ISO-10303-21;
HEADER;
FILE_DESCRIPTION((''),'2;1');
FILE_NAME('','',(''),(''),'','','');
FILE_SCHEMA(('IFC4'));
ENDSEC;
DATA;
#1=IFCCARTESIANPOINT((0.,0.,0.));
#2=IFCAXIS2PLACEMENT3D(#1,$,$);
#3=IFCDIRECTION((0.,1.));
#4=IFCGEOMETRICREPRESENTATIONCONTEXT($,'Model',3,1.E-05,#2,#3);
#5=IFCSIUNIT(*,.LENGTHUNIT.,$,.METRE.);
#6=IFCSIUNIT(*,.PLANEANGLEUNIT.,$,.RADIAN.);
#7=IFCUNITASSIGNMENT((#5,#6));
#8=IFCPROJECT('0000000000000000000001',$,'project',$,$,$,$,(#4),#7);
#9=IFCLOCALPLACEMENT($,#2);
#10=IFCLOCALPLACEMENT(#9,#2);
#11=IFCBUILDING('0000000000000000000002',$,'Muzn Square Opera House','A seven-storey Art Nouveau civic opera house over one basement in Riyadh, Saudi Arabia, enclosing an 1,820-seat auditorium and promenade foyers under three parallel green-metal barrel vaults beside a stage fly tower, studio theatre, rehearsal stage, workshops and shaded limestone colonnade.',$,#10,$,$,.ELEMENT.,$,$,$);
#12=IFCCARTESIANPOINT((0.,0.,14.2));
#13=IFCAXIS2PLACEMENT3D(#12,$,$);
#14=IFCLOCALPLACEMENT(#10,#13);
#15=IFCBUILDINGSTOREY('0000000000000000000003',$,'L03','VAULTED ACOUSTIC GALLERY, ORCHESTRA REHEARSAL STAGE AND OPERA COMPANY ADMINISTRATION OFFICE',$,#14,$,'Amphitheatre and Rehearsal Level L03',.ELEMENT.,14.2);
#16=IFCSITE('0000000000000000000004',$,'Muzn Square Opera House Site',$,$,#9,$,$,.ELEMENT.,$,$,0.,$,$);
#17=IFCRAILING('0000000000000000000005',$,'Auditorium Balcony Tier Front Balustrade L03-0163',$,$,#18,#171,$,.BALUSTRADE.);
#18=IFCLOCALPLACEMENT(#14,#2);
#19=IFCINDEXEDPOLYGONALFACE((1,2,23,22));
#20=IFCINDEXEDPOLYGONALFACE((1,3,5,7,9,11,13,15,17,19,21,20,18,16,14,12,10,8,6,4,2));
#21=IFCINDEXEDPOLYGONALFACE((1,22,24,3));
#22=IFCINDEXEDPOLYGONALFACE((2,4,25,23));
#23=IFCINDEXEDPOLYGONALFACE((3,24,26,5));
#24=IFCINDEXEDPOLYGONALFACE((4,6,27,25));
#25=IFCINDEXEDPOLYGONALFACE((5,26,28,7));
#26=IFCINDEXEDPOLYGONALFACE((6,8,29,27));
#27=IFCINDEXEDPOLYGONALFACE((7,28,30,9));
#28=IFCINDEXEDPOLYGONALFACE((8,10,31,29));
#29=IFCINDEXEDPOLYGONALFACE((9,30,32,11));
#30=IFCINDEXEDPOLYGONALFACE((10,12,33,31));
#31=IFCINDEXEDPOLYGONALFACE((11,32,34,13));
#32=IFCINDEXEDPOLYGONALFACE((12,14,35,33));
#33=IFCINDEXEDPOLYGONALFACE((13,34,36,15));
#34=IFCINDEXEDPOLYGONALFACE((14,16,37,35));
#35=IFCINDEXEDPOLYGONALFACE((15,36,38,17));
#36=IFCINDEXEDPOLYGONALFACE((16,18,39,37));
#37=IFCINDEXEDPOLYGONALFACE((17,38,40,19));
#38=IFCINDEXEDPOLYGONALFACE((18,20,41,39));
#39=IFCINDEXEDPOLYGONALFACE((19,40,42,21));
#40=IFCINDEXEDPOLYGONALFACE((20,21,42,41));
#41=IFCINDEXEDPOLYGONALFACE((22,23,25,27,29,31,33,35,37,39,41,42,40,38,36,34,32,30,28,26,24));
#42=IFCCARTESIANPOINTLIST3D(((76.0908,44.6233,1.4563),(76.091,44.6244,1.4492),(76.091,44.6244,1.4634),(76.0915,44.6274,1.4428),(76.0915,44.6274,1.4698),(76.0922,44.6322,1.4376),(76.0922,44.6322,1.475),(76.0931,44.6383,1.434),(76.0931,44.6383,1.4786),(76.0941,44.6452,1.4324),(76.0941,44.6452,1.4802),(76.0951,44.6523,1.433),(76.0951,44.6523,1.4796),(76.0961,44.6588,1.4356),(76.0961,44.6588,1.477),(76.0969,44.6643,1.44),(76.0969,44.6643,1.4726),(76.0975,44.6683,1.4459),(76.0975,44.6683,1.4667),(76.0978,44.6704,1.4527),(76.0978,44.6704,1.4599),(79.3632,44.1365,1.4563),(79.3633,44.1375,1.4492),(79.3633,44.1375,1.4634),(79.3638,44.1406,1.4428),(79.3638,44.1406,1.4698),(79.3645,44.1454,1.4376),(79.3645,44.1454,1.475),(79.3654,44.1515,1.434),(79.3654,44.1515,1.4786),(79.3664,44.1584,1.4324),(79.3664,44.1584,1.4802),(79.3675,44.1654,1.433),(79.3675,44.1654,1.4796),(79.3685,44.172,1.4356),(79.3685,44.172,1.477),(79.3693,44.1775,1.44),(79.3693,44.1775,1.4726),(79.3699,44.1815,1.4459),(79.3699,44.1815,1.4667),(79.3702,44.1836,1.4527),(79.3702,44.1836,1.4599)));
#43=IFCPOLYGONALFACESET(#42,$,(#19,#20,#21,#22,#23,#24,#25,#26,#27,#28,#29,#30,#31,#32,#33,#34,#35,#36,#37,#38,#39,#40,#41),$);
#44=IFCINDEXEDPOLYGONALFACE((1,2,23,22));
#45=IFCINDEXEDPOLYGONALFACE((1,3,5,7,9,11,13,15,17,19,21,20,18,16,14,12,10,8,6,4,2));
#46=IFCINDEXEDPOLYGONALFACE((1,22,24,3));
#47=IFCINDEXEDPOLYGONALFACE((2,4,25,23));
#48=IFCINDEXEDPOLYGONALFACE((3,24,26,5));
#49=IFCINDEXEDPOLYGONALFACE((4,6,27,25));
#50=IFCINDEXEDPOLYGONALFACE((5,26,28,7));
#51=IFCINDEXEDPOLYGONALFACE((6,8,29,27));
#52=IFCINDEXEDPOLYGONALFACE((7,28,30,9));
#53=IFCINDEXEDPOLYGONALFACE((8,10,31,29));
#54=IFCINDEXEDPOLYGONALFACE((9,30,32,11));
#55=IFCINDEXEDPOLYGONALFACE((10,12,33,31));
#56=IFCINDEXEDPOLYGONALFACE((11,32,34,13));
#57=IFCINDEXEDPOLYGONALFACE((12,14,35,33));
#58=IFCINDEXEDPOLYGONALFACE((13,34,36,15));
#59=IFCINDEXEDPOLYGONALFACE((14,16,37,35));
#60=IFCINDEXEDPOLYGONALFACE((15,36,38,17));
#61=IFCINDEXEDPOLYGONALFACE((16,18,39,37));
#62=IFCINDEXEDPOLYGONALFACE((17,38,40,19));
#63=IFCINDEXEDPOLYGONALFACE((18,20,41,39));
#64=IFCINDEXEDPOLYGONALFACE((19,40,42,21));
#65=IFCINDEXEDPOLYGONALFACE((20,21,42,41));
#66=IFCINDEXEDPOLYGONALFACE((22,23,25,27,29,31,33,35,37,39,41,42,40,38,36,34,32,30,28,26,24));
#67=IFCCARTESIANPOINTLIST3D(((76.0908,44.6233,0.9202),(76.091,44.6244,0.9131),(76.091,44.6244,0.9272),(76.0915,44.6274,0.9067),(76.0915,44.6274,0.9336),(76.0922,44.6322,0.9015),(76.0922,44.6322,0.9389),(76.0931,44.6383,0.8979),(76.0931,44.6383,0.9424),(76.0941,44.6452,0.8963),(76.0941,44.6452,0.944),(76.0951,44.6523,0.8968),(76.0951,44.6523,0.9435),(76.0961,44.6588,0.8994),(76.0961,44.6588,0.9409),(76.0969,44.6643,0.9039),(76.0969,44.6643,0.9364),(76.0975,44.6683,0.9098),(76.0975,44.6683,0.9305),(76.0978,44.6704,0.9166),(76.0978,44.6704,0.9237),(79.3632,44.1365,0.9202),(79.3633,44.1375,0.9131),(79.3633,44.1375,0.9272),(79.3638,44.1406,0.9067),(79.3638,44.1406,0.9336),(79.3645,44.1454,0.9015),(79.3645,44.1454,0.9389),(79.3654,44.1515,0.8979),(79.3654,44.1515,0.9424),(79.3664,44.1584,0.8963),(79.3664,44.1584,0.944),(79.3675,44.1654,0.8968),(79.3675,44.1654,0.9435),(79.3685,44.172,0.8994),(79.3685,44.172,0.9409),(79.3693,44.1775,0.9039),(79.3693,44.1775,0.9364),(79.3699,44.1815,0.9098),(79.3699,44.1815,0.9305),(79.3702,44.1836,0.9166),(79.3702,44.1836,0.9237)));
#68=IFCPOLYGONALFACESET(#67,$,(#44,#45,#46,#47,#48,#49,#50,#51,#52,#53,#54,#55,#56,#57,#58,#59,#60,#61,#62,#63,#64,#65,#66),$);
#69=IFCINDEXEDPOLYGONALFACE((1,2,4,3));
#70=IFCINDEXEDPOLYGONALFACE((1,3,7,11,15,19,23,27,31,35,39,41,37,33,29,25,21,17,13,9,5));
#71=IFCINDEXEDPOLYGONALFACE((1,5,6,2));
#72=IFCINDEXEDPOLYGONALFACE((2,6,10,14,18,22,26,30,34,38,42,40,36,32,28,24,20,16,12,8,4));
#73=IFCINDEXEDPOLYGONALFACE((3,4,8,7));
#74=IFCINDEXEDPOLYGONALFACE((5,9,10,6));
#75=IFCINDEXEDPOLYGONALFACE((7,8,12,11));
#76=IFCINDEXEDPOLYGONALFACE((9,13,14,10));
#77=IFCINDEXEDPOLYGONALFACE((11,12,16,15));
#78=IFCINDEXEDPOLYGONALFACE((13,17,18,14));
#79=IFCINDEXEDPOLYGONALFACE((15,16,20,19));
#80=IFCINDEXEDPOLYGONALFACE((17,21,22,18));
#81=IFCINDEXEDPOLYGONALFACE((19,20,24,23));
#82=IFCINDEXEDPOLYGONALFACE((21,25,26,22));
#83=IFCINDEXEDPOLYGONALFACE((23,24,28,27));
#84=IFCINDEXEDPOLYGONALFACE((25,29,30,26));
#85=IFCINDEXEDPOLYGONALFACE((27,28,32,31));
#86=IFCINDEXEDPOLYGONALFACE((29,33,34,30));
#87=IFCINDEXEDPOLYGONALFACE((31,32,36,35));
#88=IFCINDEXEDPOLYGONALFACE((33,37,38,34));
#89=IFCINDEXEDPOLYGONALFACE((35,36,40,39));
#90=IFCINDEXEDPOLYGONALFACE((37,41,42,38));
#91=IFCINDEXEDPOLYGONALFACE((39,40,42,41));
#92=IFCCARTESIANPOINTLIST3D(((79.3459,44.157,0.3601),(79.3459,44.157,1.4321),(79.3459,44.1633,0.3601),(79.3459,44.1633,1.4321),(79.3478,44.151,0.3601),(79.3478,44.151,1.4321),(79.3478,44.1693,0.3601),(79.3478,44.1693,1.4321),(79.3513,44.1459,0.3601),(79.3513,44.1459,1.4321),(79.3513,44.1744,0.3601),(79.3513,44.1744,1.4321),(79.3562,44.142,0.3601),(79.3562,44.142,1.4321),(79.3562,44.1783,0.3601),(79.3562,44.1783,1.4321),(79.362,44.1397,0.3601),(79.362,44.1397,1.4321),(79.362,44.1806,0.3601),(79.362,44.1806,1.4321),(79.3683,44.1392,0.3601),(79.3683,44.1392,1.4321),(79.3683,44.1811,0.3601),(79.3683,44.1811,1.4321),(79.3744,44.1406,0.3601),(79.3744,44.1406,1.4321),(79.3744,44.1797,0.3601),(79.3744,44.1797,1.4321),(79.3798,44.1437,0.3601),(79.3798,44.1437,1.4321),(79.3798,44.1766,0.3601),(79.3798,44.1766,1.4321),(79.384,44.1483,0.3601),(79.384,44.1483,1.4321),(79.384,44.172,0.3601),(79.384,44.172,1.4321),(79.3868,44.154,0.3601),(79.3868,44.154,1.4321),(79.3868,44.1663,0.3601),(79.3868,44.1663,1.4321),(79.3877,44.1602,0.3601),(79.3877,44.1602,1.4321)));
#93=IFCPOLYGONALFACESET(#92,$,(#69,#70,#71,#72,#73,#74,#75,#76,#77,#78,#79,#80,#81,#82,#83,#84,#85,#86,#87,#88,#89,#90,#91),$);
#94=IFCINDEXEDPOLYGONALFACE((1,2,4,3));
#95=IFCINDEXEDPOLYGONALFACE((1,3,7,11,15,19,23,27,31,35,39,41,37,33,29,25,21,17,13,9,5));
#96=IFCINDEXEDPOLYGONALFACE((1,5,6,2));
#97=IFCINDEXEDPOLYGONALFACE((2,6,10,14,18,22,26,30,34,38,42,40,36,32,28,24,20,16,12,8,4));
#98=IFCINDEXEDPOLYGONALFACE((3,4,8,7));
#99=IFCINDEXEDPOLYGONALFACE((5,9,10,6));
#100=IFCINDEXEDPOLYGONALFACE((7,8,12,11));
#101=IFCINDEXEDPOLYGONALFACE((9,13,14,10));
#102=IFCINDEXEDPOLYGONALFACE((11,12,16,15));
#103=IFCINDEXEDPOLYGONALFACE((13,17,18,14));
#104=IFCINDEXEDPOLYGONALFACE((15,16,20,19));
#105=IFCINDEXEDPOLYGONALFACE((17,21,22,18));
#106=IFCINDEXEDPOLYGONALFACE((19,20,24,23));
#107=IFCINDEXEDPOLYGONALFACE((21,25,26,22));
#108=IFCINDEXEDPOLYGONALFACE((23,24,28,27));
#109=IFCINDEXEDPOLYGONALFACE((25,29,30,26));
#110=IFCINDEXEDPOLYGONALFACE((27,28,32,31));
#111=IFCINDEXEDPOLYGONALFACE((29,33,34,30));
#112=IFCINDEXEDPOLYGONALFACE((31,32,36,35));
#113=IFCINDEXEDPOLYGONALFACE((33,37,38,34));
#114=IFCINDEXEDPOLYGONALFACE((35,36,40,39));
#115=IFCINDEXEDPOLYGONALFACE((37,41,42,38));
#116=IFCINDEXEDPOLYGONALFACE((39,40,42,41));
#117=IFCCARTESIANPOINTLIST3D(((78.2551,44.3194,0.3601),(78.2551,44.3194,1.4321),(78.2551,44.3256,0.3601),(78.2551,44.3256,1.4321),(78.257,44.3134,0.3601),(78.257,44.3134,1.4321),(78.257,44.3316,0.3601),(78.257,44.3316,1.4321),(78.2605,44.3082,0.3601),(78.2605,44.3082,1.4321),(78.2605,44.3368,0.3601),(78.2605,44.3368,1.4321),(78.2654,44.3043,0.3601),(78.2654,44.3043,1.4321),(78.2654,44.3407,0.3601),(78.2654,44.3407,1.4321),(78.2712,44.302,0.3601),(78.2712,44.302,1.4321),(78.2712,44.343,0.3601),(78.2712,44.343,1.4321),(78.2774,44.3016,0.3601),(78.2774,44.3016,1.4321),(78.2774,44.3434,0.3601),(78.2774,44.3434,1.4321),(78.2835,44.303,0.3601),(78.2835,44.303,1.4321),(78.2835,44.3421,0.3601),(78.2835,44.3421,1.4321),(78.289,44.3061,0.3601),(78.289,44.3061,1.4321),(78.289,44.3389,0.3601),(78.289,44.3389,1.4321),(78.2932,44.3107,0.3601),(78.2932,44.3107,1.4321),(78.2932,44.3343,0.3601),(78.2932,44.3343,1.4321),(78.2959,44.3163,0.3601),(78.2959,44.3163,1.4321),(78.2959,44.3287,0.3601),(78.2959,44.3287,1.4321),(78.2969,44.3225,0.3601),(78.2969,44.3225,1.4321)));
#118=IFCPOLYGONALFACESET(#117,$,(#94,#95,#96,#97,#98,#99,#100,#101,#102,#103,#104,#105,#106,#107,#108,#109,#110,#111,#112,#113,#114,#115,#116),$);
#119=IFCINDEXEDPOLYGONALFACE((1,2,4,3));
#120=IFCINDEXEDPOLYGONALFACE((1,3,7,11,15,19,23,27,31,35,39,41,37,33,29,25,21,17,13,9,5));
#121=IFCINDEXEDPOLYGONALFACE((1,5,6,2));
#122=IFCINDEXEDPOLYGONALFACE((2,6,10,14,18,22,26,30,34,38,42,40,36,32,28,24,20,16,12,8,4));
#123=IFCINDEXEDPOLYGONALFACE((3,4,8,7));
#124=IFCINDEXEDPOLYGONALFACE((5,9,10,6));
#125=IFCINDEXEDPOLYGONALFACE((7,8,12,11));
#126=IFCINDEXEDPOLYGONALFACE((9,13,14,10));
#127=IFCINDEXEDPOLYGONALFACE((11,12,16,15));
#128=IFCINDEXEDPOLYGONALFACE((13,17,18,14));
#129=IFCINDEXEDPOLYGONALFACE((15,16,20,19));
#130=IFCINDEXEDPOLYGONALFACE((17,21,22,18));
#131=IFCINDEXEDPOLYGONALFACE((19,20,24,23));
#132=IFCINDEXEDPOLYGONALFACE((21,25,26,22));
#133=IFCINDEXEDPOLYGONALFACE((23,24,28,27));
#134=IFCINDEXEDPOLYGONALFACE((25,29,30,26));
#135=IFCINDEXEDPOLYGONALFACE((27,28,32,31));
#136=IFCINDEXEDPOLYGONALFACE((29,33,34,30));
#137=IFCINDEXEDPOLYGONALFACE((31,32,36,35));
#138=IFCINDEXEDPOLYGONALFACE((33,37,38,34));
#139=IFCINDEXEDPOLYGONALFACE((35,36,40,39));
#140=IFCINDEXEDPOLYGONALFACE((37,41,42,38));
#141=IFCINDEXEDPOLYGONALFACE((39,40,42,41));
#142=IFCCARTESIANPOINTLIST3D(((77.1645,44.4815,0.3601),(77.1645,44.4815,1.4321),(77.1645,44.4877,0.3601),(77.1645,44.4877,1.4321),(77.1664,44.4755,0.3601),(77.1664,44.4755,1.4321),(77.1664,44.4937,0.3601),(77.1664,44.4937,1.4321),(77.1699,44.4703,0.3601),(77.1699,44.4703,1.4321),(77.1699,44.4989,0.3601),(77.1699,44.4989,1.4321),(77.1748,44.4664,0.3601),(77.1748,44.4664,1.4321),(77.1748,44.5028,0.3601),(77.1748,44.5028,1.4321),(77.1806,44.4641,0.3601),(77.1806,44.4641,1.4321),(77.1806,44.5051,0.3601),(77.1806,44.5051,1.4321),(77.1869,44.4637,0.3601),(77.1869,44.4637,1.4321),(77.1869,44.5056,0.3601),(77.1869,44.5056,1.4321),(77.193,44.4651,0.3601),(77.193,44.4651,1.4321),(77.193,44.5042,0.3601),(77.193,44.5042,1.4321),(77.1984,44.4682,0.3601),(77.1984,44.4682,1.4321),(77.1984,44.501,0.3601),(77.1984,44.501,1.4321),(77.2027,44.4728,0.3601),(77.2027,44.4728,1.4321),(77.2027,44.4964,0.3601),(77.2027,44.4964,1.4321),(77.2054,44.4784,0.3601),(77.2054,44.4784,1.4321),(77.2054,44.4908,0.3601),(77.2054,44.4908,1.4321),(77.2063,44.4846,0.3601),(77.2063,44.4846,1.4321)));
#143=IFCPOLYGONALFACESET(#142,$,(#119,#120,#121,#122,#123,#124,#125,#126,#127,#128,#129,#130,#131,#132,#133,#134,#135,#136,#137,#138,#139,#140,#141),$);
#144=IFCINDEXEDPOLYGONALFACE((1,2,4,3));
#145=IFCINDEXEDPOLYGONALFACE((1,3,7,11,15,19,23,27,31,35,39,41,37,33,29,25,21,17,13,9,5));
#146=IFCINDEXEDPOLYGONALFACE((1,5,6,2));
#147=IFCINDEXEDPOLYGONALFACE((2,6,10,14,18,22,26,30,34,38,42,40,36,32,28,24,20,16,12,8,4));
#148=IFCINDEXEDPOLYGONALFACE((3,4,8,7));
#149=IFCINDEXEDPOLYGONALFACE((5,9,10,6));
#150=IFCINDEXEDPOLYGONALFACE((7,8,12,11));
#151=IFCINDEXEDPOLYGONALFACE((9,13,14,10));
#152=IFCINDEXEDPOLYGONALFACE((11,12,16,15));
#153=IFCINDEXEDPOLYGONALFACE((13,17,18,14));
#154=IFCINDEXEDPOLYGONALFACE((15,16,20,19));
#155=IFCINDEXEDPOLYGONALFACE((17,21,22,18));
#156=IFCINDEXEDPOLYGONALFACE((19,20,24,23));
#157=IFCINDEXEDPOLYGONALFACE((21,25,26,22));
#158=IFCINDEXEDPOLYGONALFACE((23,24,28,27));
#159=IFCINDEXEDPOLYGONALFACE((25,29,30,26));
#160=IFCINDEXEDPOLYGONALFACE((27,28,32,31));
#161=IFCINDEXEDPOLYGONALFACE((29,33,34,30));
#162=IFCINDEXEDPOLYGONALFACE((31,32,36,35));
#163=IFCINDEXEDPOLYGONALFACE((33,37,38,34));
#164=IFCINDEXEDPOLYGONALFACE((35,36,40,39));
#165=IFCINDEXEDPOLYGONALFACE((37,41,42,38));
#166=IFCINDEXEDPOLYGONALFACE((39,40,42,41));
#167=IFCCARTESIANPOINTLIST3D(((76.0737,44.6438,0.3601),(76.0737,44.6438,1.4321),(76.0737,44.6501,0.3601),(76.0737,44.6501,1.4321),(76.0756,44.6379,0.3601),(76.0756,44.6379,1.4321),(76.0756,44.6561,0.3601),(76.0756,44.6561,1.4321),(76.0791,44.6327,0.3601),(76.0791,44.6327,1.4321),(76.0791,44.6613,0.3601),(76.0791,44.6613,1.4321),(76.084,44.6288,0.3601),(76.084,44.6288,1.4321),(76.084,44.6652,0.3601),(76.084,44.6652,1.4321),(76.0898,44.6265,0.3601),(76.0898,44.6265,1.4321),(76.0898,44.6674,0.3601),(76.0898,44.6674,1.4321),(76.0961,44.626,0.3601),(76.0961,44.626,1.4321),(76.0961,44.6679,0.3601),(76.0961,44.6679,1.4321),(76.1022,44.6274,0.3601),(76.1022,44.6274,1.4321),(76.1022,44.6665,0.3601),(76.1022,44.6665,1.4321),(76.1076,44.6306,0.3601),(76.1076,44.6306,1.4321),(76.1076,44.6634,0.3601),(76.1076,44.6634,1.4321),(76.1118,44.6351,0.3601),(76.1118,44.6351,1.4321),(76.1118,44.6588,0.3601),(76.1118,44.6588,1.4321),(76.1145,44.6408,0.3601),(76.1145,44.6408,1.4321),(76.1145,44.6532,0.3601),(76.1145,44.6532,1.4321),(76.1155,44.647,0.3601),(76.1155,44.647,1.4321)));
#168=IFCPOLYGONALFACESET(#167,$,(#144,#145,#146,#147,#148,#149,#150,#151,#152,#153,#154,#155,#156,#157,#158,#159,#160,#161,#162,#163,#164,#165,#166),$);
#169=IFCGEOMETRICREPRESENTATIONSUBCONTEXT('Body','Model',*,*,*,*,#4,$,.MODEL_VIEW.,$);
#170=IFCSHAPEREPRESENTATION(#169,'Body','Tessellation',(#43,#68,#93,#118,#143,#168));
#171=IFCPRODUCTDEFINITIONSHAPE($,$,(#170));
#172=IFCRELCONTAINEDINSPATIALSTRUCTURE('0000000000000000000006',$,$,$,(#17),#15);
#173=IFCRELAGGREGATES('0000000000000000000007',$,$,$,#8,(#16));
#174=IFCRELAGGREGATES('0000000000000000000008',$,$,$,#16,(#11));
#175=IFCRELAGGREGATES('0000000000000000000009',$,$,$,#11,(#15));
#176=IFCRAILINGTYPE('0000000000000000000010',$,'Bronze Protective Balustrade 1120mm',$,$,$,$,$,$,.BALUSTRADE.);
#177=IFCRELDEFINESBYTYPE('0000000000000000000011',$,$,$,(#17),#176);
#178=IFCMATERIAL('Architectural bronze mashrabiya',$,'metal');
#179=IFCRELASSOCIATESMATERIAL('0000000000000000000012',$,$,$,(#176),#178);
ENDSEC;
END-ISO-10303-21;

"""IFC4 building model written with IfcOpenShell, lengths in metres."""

from ifc_helpers import new_model, si_unit, direction, frame, origin, origin_2d, place, context, subcontext, project, spatial, circle, extrude, material, type_object, element, save


model = new_model("IFC4")

# Units and contexts
model_context = context("Model", 3, precision=1e-05, world=origin(), true_north=direction((0.0, 1.0)))
body_context = subcontext(model_context, "Body", "Model", "MODEL_VIEW")
ifc_project = project(units=[si_unit("LENGTHUNIT", "METRE"), si_unit("PLANEANGLEUNIT", "RADIAN")], contexts=[model_context])

# Site, building, storey
site_placement = place(None, origin())
site = spatial("IfcSite", under=ifc_project, at=site_placement, Name="Muzn Square Opera House Site", CompositionType="ELEMENT", RefElevation=0.0)
building_placement = place(site_placement, origin())
building = spatial("IfcBuilding", under=site, at=building_placement, Name="Muzn Square Opera House", Description="A seven-storey Art Nouveau civic opera house over one basement in Riyadh, Saudi Arabia, enclosing an 1,820-seat auditorium and promenade foyers under three parallel green-metal barrel vaults beside a stage fly tower, studio theatre, rehearsal stage, workshops and shaded limestone colonnade.", CompositionType="ELEMENT")
storey_placement = place(building_placement, frame((0.0, 0.0, 14.2)))
storey = spatial("IfcBuildingStorey", under=building, at=storey_placement, Name="L03", Description="VAULTED ACOUSTIC GALLERY, ORCHESTRA REHEARSAL STAGE AND OPERA COMPANY ADMINISTRATION OFFICE", LongName="Amphitheatre and Rehearsal Level L03", CompositionType="ELEMENT", Elevation=14.2)

# Railing
ifc_material_1 = material(Name="Architectural bronze mashrabiya", Category="metal")
railing_type = type_object("IfcRailingType", Name="Bronze Protective Balustrade 1120mm", PredefinedType="BALUSTRADE", material=ifc_material_1)
railing_1_placement = place(storey_placement, frame((79.3667, 44.1602, 0.3601)))
element("IfcRailing", 1, at=railing_1_placement, inside=storey, type_object=railing_type, Name="Auditorium Balcony Tier Front Balustrade L03-0163", PredefinedType="BALUSTRADE", context=body_context, shape_type="SweptSolid", body=[
    extrude(circle(Radius=0.0239, at=origin_2d()), frame((0.0, 0.0, 1.0962), z_axis=(-0.989114, 0.147153, 0.0), x_axis=(-0.147153, -0.989114, 0.0)), (0.0, 0.0, 1.0), 3.3083),
    extrude(circle(Radius=0.0239, at=origin_2d()), frame((0.0, 0.0, 0.5601), z_axis=(-0.989114, 0.147153, 0.0), x_axis=(-0.147153, -0.989114, 0.0)), (0.0, 0.0, 1.0), 3.3083),
    extrude(circle(Radius=0.021, at=origin_2d()), origin(), (0.0, 0.0, 1.0), 1.072),
    extrude(circle(Radius=0.021, at=origin_2d()), frame((-1.0908, 0.1624, 0.0)), (0.0, 0.0, 1.0), 1.072),
    extrude(circle(Radius=0.021, at=origin_2d()), frame((-2.1814, 0.3245, 0.0)), (0.0, 0.0, 1.0), 1.072),
    extrude(circle(Radius=0.021, at=origin_2d()), frame((-3.2722, 0.4868, 0.0)), (0.0, 0.0, 1.0), 1.072),
])

save(model, "model.ifc")
